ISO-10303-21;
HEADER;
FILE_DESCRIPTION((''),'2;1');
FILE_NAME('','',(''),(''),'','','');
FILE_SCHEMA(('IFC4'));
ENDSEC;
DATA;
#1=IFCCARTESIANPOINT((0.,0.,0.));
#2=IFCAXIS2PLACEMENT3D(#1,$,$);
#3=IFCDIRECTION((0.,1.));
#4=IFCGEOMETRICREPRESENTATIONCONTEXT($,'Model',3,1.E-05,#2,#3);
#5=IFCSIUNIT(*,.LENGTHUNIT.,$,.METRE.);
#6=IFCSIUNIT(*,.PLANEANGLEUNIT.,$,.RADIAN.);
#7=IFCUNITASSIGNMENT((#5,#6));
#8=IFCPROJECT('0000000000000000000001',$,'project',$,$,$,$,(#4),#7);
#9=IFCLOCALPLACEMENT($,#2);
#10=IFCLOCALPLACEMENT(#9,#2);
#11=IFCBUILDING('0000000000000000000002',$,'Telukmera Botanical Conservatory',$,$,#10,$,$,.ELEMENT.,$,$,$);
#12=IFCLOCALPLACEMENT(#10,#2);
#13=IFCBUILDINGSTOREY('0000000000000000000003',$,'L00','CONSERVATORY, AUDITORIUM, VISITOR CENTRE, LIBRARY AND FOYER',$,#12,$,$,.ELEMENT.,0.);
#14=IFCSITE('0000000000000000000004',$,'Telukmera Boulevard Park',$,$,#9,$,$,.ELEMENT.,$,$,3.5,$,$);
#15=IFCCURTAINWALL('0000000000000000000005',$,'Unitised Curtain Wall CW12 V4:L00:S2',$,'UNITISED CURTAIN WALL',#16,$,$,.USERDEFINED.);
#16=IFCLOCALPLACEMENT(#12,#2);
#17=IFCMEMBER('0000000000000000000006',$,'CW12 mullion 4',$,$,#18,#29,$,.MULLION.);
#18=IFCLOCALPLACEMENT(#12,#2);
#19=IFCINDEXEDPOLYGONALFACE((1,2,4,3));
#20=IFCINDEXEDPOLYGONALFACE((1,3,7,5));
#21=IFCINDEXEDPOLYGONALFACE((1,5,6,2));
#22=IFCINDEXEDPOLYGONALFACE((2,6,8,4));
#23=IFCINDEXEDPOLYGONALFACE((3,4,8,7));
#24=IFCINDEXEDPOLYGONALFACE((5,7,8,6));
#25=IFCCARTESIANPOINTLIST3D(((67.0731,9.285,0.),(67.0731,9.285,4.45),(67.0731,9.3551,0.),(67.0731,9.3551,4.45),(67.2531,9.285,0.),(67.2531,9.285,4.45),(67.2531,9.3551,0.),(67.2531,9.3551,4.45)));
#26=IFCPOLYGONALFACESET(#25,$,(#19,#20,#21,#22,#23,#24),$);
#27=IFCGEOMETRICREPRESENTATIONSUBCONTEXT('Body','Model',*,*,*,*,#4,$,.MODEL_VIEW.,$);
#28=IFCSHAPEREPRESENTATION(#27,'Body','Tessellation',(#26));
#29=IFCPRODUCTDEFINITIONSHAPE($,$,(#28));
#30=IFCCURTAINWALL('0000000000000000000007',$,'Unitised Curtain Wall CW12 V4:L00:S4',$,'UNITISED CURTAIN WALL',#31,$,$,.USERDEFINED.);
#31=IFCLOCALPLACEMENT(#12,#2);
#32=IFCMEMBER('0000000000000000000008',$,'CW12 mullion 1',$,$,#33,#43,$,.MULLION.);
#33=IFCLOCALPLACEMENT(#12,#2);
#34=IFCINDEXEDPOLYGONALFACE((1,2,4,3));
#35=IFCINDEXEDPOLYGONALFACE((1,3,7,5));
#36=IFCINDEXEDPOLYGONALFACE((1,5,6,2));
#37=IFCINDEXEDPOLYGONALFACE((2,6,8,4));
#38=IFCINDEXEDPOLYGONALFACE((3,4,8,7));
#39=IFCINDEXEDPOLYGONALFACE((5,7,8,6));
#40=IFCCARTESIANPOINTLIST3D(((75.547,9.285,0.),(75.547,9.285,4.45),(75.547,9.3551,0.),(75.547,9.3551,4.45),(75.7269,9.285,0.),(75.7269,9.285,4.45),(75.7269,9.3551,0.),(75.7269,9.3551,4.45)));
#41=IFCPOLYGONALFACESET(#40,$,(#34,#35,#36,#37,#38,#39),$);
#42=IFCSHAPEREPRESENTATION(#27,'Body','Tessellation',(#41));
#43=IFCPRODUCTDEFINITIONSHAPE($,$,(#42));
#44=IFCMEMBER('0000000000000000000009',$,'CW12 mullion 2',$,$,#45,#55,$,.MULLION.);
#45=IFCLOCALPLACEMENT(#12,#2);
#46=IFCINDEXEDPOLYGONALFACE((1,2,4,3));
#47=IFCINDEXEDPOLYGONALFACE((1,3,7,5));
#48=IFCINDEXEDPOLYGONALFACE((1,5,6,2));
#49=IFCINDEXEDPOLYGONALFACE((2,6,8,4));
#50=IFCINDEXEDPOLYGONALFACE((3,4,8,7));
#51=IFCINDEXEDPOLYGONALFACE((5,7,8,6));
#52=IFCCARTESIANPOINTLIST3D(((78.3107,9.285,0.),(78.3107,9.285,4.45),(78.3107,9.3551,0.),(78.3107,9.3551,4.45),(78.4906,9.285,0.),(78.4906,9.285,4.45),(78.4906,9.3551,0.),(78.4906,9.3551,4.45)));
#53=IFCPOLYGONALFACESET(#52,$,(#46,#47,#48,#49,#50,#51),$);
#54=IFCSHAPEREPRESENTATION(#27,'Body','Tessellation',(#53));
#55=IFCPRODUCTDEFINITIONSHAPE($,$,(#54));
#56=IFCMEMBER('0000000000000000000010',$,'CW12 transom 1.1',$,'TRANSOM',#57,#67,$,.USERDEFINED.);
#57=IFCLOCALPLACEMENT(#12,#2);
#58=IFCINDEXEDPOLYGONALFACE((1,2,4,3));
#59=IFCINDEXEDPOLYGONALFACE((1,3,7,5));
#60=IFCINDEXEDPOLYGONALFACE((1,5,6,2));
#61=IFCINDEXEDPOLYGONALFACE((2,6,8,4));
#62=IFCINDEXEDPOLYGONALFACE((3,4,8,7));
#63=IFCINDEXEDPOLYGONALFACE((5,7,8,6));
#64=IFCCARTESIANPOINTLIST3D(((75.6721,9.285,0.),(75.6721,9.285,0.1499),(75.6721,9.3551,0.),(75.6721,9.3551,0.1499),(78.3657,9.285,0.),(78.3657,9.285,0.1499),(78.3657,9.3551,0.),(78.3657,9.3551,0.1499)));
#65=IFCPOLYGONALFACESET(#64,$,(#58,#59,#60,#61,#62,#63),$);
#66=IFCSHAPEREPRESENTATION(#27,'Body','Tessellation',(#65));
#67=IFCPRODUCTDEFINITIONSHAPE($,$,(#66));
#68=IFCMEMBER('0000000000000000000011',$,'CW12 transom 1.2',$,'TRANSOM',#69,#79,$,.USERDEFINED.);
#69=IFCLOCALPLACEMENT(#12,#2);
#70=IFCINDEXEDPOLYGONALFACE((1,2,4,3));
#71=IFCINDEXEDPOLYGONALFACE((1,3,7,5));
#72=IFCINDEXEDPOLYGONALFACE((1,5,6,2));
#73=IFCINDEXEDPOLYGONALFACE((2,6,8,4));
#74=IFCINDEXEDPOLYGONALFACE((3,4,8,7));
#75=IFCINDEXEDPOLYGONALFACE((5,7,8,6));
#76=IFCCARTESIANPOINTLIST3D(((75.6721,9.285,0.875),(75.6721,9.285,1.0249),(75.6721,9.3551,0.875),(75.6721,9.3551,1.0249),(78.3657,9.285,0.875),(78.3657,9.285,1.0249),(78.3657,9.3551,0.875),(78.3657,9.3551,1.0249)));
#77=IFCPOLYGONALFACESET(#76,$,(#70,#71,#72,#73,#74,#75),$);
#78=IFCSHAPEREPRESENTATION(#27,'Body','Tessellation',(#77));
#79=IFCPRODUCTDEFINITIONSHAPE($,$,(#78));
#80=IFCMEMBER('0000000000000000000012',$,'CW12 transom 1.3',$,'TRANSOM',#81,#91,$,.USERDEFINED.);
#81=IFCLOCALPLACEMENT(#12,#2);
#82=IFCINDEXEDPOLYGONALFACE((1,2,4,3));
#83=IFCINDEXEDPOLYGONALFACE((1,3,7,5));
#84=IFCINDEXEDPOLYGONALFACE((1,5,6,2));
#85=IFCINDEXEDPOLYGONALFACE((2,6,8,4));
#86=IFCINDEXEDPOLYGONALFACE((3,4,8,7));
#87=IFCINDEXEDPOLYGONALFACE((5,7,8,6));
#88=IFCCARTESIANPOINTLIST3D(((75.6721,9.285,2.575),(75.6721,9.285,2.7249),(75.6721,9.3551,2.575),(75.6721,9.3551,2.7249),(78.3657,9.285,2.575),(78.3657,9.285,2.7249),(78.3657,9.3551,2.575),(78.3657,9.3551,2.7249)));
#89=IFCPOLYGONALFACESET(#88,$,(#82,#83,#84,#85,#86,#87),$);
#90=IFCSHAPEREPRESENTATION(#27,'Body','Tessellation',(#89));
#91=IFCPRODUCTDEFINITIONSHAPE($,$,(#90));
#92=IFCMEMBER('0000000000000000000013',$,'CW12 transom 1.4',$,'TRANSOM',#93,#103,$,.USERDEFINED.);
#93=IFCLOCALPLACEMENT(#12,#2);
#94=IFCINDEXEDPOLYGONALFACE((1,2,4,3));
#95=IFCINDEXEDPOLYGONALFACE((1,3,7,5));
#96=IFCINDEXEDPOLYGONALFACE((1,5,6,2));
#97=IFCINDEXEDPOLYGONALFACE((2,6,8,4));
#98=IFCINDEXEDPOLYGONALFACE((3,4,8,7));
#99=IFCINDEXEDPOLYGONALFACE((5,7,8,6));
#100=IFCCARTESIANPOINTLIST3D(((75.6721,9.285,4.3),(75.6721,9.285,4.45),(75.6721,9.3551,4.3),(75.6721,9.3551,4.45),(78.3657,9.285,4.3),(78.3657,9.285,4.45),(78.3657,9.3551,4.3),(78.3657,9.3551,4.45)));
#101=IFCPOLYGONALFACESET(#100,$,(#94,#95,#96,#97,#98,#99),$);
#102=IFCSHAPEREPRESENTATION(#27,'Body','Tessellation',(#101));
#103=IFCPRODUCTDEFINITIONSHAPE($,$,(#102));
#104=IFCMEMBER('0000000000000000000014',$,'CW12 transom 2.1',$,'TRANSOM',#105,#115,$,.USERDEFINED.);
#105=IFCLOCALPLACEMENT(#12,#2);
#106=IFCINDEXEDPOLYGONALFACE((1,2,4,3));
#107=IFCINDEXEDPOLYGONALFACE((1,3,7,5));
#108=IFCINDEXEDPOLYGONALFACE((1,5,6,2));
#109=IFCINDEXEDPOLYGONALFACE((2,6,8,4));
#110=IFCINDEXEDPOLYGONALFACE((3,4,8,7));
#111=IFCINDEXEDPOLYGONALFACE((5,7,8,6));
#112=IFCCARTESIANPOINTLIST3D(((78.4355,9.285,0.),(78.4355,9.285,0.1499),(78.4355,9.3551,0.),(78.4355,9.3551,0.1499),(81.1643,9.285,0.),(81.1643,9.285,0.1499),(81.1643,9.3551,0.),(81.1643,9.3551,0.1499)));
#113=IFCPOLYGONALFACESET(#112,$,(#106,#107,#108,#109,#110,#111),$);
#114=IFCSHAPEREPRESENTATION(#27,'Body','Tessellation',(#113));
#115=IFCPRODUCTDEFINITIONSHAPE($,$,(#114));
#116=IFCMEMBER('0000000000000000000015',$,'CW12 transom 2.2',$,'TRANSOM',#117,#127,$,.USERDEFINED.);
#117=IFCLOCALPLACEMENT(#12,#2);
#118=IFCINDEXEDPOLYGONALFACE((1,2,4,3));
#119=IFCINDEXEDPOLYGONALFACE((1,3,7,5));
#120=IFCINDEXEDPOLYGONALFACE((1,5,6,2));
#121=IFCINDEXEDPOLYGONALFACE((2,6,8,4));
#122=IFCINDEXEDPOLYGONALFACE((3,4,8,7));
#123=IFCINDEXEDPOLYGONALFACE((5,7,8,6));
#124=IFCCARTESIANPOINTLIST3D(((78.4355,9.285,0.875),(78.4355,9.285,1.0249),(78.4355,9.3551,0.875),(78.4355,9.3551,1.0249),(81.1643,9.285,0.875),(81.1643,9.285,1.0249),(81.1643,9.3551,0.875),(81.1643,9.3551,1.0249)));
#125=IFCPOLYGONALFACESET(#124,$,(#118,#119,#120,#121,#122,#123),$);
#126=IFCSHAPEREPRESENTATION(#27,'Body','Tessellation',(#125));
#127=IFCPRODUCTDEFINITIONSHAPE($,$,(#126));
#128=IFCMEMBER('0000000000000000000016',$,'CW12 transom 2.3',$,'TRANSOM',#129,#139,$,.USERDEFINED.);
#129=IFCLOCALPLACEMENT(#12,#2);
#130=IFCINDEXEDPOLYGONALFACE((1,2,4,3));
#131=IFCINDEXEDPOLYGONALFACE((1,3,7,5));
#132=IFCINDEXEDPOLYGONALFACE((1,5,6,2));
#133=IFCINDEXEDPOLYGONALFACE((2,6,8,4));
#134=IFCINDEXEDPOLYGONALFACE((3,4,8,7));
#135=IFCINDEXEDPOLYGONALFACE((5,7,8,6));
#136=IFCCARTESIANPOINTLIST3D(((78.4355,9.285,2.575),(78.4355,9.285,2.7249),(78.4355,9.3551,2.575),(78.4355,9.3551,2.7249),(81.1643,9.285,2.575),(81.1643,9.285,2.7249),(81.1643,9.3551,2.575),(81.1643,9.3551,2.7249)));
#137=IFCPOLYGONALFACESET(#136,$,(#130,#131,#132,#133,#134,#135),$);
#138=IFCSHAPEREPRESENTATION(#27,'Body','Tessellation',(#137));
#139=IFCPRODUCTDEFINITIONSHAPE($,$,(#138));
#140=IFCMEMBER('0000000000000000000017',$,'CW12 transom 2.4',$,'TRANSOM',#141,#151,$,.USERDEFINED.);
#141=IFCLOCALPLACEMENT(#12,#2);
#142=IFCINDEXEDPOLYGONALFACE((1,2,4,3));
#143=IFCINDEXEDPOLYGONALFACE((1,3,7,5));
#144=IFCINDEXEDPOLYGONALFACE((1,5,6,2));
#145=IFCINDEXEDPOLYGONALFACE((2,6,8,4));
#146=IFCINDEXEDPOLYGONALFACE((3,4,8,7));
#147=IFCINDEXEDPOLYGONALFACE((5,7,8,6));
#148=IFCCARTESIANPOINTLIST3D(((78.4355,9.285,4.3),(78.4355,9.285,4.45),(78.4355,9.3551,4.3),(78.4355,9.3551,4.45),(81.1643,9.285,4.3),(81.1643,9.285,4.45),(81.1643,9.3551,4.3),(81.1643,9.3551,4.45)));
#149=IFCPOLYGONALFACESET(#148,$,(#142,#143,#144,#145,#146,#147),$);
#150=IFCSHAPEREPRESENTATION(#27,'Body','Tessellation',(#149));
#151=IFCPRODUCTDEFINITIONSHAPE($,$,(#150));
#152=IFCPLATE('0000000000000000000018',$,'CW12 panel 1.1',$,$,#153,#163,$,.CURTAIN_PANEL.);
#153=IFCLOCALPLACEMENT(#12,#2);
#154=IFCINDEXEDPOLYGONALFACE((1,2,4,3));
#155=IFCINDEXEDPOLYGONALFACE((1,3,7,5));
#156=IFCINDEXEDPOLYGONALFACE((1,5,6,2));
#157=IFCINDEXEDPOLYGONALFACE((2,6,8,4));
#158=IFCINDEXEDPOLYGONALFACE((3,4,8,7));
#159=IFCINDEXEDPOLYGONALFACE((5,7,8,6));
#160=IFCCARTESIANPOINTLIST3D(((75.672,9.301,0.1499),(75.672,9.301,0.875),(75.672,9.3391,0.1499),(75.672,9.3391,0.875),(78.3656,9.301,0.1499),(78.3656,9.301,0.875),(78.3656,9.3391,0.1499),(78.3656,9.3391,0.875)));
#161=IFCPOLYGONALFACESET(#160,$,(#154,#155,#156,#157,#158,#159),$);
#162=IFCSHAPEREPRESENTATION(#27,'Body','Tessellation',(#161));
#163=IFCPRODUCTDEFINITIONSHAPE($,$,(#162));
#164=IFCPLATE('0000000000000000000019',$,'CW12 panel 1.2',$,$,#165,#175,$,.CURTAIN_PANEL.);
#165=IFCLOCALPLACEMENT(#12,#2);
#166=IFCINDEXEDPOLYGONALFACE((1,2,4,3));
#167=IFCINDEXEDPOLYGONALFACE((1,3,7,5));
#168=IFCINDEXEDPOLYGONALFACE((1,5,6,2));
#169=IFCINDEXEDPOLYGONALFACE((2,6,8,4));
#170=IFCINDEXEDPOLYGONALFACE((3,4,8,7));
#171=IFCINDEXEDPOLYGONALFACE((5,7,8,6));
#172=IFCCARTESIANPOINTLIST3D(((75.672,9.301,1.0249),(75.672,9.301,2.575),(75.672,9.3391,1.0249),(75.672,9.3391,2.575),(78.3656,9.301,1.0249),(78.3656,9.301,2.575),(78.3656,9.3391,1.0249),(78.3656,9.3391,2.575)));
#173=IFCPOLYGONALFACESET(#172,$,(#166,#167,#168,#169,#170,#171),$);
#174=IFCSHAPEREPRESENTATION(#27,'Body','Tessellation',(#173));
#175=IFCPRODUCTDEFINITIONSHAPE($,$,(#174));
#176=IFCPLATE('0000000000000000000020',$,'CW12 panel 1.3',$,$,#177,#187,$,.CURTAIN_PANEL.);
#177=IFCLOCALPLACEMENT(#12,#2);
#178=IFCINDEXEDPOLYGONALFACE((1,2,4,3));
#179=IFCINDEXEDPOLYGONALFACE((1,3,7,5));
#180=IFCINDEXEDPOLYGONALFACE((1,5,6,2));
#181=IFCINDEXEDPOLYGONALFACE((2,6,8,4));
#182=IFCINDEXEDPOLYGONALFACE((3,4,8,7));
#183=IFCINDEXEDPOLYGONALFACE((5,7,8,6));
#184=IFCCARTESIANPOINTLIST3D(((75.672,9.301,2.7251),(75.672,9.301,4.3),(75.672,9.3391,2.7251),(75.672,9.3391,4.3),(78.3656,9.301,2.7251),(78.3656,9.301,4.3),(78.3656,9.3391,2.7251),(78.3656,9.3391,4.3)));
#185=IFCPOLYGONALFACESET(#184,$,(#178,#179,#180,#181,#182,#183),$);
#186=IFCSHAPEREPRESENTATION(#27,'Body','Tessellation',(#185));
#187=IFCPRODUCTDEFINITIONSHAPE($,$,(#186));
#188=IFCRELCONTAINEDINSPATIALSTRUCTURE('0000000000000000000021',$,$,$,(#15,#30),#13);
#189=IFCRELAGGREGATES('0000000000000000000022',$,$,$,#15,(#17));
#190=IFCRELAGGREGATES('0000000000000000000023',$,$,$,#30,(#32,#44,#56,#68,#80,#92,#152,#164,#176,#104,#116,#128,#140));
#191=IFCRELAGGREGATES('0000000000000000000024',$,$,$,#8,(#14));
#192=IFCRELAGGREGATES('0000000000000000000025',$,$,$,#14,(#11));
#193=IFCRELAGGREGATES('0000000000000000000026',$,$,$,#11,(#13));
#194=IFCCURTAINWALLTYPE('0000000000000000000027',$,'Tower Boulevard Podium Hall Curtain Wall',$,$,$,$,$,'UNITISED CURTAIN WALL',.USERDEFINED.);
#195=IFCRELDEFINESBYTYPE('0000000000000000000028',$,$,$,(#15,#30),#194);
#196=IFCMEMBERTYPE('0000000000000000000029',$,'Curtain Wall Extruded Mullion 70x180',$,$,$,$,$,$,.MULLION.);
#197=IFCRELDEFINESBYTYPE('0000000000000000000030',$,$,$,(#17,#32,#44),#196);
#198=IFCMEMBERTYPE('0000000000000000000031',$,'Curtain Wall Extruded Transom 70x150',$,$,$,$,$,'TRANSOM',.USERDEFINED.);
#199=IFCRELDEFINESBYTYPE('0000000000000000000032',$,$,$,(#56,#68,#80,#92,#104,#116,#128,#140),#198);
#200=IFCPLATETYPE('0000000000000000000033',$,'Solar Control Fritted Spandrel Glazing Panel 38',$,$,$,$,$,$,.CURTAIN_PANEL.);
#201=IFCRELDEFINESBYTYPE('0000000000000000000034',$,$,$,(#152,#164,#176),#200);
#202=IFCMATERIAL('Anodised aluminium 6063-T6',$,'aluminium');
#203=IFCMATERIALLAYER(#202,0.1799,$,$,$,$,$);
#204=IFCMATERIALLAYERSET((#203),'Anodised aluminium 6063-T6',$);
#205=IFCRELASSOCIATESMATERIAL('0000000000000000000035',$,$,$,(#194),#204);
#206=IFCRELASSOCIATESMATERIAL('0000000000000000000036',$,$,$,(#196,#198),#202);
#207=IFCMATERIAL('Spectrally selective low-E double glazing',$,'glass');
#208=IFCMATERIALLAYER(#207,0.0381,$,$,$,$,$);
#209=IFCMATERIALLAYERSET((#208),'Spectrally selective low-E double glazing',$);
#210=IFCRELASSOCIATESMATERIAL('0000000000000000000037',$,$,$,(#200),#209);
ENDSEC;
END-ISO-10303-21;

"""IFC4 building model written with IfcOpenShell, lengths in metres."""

from ifc_helpers import new_model, si_unit, direction, frame, origin, origin_2d, place, context, subcontext, project, spatial, rectangle, extrude, material, layer, layer_set, material_profile, profile_set, type_object, element, aggregate, save


model = new_model("IFC4")

# Units and contexts
model_context = context("Model", 3, precision=1e-05, world=origin(), true_north=direction((0.0, 1.0)))
body_context = subcontext(model_context, "Body", "Model", "MODEL_VIEW")
ifc_project = project(units=[si_unit("LENGTHUNIT", "METRE"), si_unit("PLANEANGLEUNIT", "RADIAN")], contexts=[model_context])

# Site, building, storey
site_placement = place(None, origin())
site = spatial("IfcSite", under=ifc_project, at=site_placement, Name="Telukmera Boulevard Park", CompositionType="ELEMENT", RefElevation=3.5)
building_placement = place(site_placement, origin())
building = spatial("IfcBuilding", under=site, at=building_placement, Name="Telukmera Botanical Conservatory", CompositionType="ELEMENT")
storey_placement = place(building_placement, origin())
storey = spatial("IfcBuildingStorey", under=building, at=storey_placement, Name="L00", Description="CONSERVATORY, AUDITORIUM, VISITOR CENTRE, LIBRARY AND FOYER", CompositionType="ELEMENT", Elevation=0.0)

# Curtain wall, member
ifc_material_1 = material(Name="Anodised aluminium 6063-T6", Category="aluminium")
ifc_layer_1 = layer(ifc_material_1, 0.1799)
ifc_layer_set_1 = layer_set([ifc_layer_1], Name="Anodised aluminium 6063-T6")
curtain_wall_type = type_object("IfcCurtainWallType", Name="Tower Boulevard Podium Hall Curtain Wall", ElementType="UNITISED CURTAIN WALL", PredefinedType="USERDEFINED", material=ifc_layer_set_1)
curtain_wall_1_placement = place(storey_placement, origin())
curtain_wall_1 = element("IfcCurtainWall", 1, at=curtain_wall_1_placement, inside=storey, type_object=curtain_wall_type, Name="Unitised Curtain Wall CW12 V4:L00:S2", ObjectType="UNITISED CURTAIN WALL", PredefinedType="USERDEFINED")
ifc_material_profile_1 = material_profile(ifc_material_1, rectangle(XDim=0.0701, YDim=0.1799, at=origin_2d()), Name="ALU MULL 70x180")
ifc_profile_set_1 = profile_set([ifc_material_profile_1], Name="Anodised aluminium 6063-T6")
member_type_1 = type_object("IfcMemberType", Name="Curtain Wall Extruded Mullion 70x180", PredefinedType="MULLION", material=ifc_profile_set_1)
member_1_placement = place(storey_placement, frame((67.1631, 9.3201, 0.0), z_axis=(0.0, 0.0, 1.0), x_axis=(0.0, 1.0, 0.0)))
member_1 = element("IfcMember", 2, at=member_1_placement, type_object=member_type_1, Name="CW12 mullion 4", PredefinedType="MULLION", context=body_context, shape_type="SweptSolid", body=[
    extrude(rectangle(XDim=0.0701, YDim=0.1799, at=origin_2d()), origin(), (0.0, 0.0, 1.0), 4.45),
])
aggregate(curtain_wall_1, [member_1])

# Curtain wall, members, plates
curtain_wall_2_placement = place(storey_placement, origin())
curtain_wall_2 = element("IfcCurtainWall", 3, at=curtain_wall_2_placement, inside=storey, type_object=curtain_wall_type, Name="Unitised Curtain Wall CW12 V4:L00:S4", ObjectType="UNITISED CURTAIN WALL", PredefinedType="USERDEFINED")
member_2_placement = place(storey_placement, frame((75.637, 9.3201, 0.0), z_axis=(0.0, 0.0, 1.0), x_axis=(0.0, 1.0, 0.0)))
member_2 = element("IfcMember", 4, at=member_2_placement, type_object=member_type_1, Name="CW12 mullion 1", PredefinedType="MULLION", context=body_context, shape_type="SweptSolid", body=[
    extrude(rectangle(XDim=0.0701, YDim=0.1799, at=origin_2d()), origin(), (0.0, 0.0, 1.0), 4.45),
])
member_3_placement = place(storey_placement, frame((78.4006, 9.3201, 0.0), z_axis=(0.0, 0.0, 1.0), x_axis=(0.0, 1.0, 0.0)))
member_3 = element("IfcMember", 5, at=member_3_placement, type_object=member_type_1, Name="CW12 mullion 2", PredefinedType="MULLION", context=body_context, shape_type="SweptSolid", body=[
    extrude(rectangle(XDim=0.0701, YDim=0.1799, at=origin_2d()), origin(), (0.0, 0.0, 1.0), 4.45),
])
ifc_material_profile_2 = material_profile(ifc_material_1, rectangle(XDim=0.0701, YDim=0.1499, at=origin_2d()), Name="ALU TRAN 70x150")
ifc_profile_set_2 = profile_set([ifc_material_profile_2], Name="Anodised aluminium 6063-T6")
member_type_2 = type_object("IfcMemberType", Name="Curtain Wall Extruded Transom 70x150", ElementType="TRANSOM", PredefinedType="USERDEFINED", material=ifc_profile_set_2)
member_4_placement = place(storey_placement, frame((75.6721, 9.3201, 0.075), z_axis=(1.0, 0.0, 0.0), x_axis=(0.0, 1.0, 0.0)))
member_4 = element("IfcMember", 6, at=member_4_placement, type_object=member_type_2, Name="CW12 transom 1.1", ObjectType="TRANSOM", PredefinedType="USERDEFINED", context=body_context, shape_type="SweptSolid", body=[
    extrude(rectangle(XDim=0.0701, YDim=0.1499, at=origin_2d()), origin(), (0.0, 0.0, 1.0), 2.6936),
])
member_5_placement = place(storey_placement, frame((75.6721, 9.3201, 0.95), z_axis=(1.0, 0.0, 0.0), x_axis=(0.0, 1.0, 0.0)))
member_5 = element("IfcMember", 7, at=member_5_placement, type_object=member_type_2, Name="CW12 transom 1.2", ObjectType="TRANSOM", PredefinedType="USERDEFINED", context=body_context, shape_type="SweptSolid", body=[
    extrude(rectangle(XDim=0.0701, YDim=0.1499, at=origin_2d()), origin(), (0.0, 0.0, 1.0), 2.6936),
])
member_6_placement = place(storey_placement, frame((75.6721, 9.3201, 2.6499), z_axis=(1.0, 0.0, 0.0), x_axis=(0.0, 1.0, 0.0)))
member_6 = element("IfcMember", 8, at=member_6_placement, type_object=member_type_2, Name="CW12 transom 1.3", ObjectType="TRANSOM", PredefinedType="USERDEFINED", context=body_context, shape_type="SweptSolid", body=[
    extrude(rectangle(XDim=0.0701, YDim=0.1499, at=origin_2d()), origin(), (0.0, 0.0, 1.0), 2.6936),
])
member_7_placement = place(storey_placement, frame((75.6721, 9.3201, 4.375), z_axis=(1.0, 0.0, 0.0), x_axis=(0.0, 1.0, 0.0)))
member_7 = element("IfcMember", 9, at=member_7_placement, type_object=member_type_2, Name="CW12 transom 1.4", ObjectType="TRANSOM", PredefinedType="USERDEFINED", context=body_context, shape_type="SweptSolid", body=[
    extrude(rectangle(XDim=0.0701, YDim=0.1499, at=origin_2d()), origin(), (0.0, 0.0, 1.0), 2.6936),
])
member_8_placement = place(storey_placement, frame((78.4355, 9.3201, 0.075), z_axis=(1.0, 0.0, 0.0), x_axis=(0.0, 1.0, 0.0)))
member_8 = element("IfcMember", 10, at=member_8_placement, type_object=member_type_2, Name="CW12 transom 2.1", ObjectType="TRANSOM", PredefinedType="USERDEFINED", context=body_context, shape_type="SweptSolid", body=[
    extrude(rectangle(XDim=0.0701, YDim=0.1499, at=origin_2d()), origin(), (0.0, 0.0, 1.0), 2.7288),
])
member_9_placement = place(storey_placement, frame((78.4355, 9.3201, 0.95), z_axis=(1.0, 0.0, 0.0), x_axis=(0.0, 1.0, 0.0)))
member_9 = element("IfcMember", 11, at=member_9_placement, type_object=member_type_2, Name="CW12 transom 2.2", ObjectType="TRANSOM", PredefinedType="USERDEFINED", context=body_context, shape_type="SweptSolid", body=[
    extrude(rectangle(XDim=0.0701, YDim=0.1499, at=origin_2d()), origin(), (0.0, 0.0, 1.0), 2.7288),
])
member_10_placement = place(storey_placement, frame((78.4355, 9.3201, 2.6499), z_axis=(1.0, 0.0, 0.0), x_axis=(0.0, 1.0, 0.0)))
member_10 = element("IfcMember", 12, at=member_10_placement, type_object=member_type_2, Name="CW12 transom 2.3", ObjectType="TRANSOM", PredefinedType="USERDEFINED", context=body_context, shape_type="SweptSolid", body=[
    extrude(rectangle(XDim=0.0701, YDim=0.1499, at=origin_2d()), origin(), (0.0, 0.0, 1.0), 2.7288),
])
member_11_placement = place(storey_placement, frame((78.4355, 9.3201, 4.375), z_axis=(1.0, 0.0, 0.0), x_axis=(0.0, 1.0, 0.0)))
member_11 = element("IfcMember", 13, at=member_11_placement, type_object=member_type_2, Name="CW12 transom 2.4", ObjectType="TRANSOM", PredefinedType="USERDEFINED", context=body_context, shape_type="SweptSolid", body=[
    extrude(rectangle(XDim=0.0701, YDim=0.1499, at=origin_2d()), origin(), (0.0, 0.0, 1.0), 2.7288),
])
ifc_material_2 = material(Name="Spectrally selective low-E double glazing", Category="glass")
ifc_layer_2 = layer(ifc_material_2, 0.0381)
ifc_layer_set_2 = layer_set([ifc_layer_2], Name="Spectrally selective low-E double glazing")
plate_type = type_object("IfcPlateType", Name="Solar Control Fritted Spandrel Glazing Panel 38", PredefinedType="CURTAIN_PANEL", material=ifc_layer_set_2)
plate_1_placement = place(storey_placement, frame((77.0188, 9.3201, 0.1499), z_axis=(0.0, 0.0, 1.0), x_axis=(1.0, 0.0, 0.0)))
plate_1 = element("IfcPlate", 14, at=plate_1_placement, type_object=plate_type, Name="CW12 panel 1.1", PredefinedType="CURTAIN_PANEL", context=body_context, shape_type="SweptSolid", body=[
    extrude(rectangle(XDim=2.6936, YDim=0.0381, at=origin_2d()), origin(), (0.0, 0.0, 1.0), 0.7251),
])
plate_2_placement = place(storey_placement, frame((77.0188, 9.3201, 1.0249), z_axis=(0.0, 0.0, 1.0), x_axis=(1.0, 0.0, 0.0)))
plate_2 = element("IfcPlate", 15, at=plate_2_placement, type_object=plate_type, Name="CW12 panel 1.2", PredefinedType="CURTAIN_PANEL", context=body_context, shape_type="SweptSolid", body=[
    extrude(rectangle(XDim=2.6936, YDim=0.0381, at=origin_2d()), origin(), (0.0, 0.0, 1.0), 1.55),
])
plate_3_placement = place(storey_placement, frame((77.0188, 9.3201, 2.7251), z_axis=(0.0, 0.0, 1.0), x_axis=(1.0, 0.0, 0.0)))
plate_3 = element("IfcPlate", 16, at=plate_3_placement, type_object=plate_type, Name="CW12 panel 1.3", PredefinedType="CURTAIN_PANEL", context=body_context, shape_type="SweptSolid", body=[
    extrude(rectangle(XDim=2.6936, YDim=0.0381, at=origin_2d()), origin(), (0.0, 0.0, 1.0), 1.575),
])
aggregate(curtain_wall_2, [member_2, member_3, member_4, member_5, member_6, member_7, plate_1, plate_2, plate_3, member_8, member_9, member_10, member_11])

save(model, "model.ifc")
